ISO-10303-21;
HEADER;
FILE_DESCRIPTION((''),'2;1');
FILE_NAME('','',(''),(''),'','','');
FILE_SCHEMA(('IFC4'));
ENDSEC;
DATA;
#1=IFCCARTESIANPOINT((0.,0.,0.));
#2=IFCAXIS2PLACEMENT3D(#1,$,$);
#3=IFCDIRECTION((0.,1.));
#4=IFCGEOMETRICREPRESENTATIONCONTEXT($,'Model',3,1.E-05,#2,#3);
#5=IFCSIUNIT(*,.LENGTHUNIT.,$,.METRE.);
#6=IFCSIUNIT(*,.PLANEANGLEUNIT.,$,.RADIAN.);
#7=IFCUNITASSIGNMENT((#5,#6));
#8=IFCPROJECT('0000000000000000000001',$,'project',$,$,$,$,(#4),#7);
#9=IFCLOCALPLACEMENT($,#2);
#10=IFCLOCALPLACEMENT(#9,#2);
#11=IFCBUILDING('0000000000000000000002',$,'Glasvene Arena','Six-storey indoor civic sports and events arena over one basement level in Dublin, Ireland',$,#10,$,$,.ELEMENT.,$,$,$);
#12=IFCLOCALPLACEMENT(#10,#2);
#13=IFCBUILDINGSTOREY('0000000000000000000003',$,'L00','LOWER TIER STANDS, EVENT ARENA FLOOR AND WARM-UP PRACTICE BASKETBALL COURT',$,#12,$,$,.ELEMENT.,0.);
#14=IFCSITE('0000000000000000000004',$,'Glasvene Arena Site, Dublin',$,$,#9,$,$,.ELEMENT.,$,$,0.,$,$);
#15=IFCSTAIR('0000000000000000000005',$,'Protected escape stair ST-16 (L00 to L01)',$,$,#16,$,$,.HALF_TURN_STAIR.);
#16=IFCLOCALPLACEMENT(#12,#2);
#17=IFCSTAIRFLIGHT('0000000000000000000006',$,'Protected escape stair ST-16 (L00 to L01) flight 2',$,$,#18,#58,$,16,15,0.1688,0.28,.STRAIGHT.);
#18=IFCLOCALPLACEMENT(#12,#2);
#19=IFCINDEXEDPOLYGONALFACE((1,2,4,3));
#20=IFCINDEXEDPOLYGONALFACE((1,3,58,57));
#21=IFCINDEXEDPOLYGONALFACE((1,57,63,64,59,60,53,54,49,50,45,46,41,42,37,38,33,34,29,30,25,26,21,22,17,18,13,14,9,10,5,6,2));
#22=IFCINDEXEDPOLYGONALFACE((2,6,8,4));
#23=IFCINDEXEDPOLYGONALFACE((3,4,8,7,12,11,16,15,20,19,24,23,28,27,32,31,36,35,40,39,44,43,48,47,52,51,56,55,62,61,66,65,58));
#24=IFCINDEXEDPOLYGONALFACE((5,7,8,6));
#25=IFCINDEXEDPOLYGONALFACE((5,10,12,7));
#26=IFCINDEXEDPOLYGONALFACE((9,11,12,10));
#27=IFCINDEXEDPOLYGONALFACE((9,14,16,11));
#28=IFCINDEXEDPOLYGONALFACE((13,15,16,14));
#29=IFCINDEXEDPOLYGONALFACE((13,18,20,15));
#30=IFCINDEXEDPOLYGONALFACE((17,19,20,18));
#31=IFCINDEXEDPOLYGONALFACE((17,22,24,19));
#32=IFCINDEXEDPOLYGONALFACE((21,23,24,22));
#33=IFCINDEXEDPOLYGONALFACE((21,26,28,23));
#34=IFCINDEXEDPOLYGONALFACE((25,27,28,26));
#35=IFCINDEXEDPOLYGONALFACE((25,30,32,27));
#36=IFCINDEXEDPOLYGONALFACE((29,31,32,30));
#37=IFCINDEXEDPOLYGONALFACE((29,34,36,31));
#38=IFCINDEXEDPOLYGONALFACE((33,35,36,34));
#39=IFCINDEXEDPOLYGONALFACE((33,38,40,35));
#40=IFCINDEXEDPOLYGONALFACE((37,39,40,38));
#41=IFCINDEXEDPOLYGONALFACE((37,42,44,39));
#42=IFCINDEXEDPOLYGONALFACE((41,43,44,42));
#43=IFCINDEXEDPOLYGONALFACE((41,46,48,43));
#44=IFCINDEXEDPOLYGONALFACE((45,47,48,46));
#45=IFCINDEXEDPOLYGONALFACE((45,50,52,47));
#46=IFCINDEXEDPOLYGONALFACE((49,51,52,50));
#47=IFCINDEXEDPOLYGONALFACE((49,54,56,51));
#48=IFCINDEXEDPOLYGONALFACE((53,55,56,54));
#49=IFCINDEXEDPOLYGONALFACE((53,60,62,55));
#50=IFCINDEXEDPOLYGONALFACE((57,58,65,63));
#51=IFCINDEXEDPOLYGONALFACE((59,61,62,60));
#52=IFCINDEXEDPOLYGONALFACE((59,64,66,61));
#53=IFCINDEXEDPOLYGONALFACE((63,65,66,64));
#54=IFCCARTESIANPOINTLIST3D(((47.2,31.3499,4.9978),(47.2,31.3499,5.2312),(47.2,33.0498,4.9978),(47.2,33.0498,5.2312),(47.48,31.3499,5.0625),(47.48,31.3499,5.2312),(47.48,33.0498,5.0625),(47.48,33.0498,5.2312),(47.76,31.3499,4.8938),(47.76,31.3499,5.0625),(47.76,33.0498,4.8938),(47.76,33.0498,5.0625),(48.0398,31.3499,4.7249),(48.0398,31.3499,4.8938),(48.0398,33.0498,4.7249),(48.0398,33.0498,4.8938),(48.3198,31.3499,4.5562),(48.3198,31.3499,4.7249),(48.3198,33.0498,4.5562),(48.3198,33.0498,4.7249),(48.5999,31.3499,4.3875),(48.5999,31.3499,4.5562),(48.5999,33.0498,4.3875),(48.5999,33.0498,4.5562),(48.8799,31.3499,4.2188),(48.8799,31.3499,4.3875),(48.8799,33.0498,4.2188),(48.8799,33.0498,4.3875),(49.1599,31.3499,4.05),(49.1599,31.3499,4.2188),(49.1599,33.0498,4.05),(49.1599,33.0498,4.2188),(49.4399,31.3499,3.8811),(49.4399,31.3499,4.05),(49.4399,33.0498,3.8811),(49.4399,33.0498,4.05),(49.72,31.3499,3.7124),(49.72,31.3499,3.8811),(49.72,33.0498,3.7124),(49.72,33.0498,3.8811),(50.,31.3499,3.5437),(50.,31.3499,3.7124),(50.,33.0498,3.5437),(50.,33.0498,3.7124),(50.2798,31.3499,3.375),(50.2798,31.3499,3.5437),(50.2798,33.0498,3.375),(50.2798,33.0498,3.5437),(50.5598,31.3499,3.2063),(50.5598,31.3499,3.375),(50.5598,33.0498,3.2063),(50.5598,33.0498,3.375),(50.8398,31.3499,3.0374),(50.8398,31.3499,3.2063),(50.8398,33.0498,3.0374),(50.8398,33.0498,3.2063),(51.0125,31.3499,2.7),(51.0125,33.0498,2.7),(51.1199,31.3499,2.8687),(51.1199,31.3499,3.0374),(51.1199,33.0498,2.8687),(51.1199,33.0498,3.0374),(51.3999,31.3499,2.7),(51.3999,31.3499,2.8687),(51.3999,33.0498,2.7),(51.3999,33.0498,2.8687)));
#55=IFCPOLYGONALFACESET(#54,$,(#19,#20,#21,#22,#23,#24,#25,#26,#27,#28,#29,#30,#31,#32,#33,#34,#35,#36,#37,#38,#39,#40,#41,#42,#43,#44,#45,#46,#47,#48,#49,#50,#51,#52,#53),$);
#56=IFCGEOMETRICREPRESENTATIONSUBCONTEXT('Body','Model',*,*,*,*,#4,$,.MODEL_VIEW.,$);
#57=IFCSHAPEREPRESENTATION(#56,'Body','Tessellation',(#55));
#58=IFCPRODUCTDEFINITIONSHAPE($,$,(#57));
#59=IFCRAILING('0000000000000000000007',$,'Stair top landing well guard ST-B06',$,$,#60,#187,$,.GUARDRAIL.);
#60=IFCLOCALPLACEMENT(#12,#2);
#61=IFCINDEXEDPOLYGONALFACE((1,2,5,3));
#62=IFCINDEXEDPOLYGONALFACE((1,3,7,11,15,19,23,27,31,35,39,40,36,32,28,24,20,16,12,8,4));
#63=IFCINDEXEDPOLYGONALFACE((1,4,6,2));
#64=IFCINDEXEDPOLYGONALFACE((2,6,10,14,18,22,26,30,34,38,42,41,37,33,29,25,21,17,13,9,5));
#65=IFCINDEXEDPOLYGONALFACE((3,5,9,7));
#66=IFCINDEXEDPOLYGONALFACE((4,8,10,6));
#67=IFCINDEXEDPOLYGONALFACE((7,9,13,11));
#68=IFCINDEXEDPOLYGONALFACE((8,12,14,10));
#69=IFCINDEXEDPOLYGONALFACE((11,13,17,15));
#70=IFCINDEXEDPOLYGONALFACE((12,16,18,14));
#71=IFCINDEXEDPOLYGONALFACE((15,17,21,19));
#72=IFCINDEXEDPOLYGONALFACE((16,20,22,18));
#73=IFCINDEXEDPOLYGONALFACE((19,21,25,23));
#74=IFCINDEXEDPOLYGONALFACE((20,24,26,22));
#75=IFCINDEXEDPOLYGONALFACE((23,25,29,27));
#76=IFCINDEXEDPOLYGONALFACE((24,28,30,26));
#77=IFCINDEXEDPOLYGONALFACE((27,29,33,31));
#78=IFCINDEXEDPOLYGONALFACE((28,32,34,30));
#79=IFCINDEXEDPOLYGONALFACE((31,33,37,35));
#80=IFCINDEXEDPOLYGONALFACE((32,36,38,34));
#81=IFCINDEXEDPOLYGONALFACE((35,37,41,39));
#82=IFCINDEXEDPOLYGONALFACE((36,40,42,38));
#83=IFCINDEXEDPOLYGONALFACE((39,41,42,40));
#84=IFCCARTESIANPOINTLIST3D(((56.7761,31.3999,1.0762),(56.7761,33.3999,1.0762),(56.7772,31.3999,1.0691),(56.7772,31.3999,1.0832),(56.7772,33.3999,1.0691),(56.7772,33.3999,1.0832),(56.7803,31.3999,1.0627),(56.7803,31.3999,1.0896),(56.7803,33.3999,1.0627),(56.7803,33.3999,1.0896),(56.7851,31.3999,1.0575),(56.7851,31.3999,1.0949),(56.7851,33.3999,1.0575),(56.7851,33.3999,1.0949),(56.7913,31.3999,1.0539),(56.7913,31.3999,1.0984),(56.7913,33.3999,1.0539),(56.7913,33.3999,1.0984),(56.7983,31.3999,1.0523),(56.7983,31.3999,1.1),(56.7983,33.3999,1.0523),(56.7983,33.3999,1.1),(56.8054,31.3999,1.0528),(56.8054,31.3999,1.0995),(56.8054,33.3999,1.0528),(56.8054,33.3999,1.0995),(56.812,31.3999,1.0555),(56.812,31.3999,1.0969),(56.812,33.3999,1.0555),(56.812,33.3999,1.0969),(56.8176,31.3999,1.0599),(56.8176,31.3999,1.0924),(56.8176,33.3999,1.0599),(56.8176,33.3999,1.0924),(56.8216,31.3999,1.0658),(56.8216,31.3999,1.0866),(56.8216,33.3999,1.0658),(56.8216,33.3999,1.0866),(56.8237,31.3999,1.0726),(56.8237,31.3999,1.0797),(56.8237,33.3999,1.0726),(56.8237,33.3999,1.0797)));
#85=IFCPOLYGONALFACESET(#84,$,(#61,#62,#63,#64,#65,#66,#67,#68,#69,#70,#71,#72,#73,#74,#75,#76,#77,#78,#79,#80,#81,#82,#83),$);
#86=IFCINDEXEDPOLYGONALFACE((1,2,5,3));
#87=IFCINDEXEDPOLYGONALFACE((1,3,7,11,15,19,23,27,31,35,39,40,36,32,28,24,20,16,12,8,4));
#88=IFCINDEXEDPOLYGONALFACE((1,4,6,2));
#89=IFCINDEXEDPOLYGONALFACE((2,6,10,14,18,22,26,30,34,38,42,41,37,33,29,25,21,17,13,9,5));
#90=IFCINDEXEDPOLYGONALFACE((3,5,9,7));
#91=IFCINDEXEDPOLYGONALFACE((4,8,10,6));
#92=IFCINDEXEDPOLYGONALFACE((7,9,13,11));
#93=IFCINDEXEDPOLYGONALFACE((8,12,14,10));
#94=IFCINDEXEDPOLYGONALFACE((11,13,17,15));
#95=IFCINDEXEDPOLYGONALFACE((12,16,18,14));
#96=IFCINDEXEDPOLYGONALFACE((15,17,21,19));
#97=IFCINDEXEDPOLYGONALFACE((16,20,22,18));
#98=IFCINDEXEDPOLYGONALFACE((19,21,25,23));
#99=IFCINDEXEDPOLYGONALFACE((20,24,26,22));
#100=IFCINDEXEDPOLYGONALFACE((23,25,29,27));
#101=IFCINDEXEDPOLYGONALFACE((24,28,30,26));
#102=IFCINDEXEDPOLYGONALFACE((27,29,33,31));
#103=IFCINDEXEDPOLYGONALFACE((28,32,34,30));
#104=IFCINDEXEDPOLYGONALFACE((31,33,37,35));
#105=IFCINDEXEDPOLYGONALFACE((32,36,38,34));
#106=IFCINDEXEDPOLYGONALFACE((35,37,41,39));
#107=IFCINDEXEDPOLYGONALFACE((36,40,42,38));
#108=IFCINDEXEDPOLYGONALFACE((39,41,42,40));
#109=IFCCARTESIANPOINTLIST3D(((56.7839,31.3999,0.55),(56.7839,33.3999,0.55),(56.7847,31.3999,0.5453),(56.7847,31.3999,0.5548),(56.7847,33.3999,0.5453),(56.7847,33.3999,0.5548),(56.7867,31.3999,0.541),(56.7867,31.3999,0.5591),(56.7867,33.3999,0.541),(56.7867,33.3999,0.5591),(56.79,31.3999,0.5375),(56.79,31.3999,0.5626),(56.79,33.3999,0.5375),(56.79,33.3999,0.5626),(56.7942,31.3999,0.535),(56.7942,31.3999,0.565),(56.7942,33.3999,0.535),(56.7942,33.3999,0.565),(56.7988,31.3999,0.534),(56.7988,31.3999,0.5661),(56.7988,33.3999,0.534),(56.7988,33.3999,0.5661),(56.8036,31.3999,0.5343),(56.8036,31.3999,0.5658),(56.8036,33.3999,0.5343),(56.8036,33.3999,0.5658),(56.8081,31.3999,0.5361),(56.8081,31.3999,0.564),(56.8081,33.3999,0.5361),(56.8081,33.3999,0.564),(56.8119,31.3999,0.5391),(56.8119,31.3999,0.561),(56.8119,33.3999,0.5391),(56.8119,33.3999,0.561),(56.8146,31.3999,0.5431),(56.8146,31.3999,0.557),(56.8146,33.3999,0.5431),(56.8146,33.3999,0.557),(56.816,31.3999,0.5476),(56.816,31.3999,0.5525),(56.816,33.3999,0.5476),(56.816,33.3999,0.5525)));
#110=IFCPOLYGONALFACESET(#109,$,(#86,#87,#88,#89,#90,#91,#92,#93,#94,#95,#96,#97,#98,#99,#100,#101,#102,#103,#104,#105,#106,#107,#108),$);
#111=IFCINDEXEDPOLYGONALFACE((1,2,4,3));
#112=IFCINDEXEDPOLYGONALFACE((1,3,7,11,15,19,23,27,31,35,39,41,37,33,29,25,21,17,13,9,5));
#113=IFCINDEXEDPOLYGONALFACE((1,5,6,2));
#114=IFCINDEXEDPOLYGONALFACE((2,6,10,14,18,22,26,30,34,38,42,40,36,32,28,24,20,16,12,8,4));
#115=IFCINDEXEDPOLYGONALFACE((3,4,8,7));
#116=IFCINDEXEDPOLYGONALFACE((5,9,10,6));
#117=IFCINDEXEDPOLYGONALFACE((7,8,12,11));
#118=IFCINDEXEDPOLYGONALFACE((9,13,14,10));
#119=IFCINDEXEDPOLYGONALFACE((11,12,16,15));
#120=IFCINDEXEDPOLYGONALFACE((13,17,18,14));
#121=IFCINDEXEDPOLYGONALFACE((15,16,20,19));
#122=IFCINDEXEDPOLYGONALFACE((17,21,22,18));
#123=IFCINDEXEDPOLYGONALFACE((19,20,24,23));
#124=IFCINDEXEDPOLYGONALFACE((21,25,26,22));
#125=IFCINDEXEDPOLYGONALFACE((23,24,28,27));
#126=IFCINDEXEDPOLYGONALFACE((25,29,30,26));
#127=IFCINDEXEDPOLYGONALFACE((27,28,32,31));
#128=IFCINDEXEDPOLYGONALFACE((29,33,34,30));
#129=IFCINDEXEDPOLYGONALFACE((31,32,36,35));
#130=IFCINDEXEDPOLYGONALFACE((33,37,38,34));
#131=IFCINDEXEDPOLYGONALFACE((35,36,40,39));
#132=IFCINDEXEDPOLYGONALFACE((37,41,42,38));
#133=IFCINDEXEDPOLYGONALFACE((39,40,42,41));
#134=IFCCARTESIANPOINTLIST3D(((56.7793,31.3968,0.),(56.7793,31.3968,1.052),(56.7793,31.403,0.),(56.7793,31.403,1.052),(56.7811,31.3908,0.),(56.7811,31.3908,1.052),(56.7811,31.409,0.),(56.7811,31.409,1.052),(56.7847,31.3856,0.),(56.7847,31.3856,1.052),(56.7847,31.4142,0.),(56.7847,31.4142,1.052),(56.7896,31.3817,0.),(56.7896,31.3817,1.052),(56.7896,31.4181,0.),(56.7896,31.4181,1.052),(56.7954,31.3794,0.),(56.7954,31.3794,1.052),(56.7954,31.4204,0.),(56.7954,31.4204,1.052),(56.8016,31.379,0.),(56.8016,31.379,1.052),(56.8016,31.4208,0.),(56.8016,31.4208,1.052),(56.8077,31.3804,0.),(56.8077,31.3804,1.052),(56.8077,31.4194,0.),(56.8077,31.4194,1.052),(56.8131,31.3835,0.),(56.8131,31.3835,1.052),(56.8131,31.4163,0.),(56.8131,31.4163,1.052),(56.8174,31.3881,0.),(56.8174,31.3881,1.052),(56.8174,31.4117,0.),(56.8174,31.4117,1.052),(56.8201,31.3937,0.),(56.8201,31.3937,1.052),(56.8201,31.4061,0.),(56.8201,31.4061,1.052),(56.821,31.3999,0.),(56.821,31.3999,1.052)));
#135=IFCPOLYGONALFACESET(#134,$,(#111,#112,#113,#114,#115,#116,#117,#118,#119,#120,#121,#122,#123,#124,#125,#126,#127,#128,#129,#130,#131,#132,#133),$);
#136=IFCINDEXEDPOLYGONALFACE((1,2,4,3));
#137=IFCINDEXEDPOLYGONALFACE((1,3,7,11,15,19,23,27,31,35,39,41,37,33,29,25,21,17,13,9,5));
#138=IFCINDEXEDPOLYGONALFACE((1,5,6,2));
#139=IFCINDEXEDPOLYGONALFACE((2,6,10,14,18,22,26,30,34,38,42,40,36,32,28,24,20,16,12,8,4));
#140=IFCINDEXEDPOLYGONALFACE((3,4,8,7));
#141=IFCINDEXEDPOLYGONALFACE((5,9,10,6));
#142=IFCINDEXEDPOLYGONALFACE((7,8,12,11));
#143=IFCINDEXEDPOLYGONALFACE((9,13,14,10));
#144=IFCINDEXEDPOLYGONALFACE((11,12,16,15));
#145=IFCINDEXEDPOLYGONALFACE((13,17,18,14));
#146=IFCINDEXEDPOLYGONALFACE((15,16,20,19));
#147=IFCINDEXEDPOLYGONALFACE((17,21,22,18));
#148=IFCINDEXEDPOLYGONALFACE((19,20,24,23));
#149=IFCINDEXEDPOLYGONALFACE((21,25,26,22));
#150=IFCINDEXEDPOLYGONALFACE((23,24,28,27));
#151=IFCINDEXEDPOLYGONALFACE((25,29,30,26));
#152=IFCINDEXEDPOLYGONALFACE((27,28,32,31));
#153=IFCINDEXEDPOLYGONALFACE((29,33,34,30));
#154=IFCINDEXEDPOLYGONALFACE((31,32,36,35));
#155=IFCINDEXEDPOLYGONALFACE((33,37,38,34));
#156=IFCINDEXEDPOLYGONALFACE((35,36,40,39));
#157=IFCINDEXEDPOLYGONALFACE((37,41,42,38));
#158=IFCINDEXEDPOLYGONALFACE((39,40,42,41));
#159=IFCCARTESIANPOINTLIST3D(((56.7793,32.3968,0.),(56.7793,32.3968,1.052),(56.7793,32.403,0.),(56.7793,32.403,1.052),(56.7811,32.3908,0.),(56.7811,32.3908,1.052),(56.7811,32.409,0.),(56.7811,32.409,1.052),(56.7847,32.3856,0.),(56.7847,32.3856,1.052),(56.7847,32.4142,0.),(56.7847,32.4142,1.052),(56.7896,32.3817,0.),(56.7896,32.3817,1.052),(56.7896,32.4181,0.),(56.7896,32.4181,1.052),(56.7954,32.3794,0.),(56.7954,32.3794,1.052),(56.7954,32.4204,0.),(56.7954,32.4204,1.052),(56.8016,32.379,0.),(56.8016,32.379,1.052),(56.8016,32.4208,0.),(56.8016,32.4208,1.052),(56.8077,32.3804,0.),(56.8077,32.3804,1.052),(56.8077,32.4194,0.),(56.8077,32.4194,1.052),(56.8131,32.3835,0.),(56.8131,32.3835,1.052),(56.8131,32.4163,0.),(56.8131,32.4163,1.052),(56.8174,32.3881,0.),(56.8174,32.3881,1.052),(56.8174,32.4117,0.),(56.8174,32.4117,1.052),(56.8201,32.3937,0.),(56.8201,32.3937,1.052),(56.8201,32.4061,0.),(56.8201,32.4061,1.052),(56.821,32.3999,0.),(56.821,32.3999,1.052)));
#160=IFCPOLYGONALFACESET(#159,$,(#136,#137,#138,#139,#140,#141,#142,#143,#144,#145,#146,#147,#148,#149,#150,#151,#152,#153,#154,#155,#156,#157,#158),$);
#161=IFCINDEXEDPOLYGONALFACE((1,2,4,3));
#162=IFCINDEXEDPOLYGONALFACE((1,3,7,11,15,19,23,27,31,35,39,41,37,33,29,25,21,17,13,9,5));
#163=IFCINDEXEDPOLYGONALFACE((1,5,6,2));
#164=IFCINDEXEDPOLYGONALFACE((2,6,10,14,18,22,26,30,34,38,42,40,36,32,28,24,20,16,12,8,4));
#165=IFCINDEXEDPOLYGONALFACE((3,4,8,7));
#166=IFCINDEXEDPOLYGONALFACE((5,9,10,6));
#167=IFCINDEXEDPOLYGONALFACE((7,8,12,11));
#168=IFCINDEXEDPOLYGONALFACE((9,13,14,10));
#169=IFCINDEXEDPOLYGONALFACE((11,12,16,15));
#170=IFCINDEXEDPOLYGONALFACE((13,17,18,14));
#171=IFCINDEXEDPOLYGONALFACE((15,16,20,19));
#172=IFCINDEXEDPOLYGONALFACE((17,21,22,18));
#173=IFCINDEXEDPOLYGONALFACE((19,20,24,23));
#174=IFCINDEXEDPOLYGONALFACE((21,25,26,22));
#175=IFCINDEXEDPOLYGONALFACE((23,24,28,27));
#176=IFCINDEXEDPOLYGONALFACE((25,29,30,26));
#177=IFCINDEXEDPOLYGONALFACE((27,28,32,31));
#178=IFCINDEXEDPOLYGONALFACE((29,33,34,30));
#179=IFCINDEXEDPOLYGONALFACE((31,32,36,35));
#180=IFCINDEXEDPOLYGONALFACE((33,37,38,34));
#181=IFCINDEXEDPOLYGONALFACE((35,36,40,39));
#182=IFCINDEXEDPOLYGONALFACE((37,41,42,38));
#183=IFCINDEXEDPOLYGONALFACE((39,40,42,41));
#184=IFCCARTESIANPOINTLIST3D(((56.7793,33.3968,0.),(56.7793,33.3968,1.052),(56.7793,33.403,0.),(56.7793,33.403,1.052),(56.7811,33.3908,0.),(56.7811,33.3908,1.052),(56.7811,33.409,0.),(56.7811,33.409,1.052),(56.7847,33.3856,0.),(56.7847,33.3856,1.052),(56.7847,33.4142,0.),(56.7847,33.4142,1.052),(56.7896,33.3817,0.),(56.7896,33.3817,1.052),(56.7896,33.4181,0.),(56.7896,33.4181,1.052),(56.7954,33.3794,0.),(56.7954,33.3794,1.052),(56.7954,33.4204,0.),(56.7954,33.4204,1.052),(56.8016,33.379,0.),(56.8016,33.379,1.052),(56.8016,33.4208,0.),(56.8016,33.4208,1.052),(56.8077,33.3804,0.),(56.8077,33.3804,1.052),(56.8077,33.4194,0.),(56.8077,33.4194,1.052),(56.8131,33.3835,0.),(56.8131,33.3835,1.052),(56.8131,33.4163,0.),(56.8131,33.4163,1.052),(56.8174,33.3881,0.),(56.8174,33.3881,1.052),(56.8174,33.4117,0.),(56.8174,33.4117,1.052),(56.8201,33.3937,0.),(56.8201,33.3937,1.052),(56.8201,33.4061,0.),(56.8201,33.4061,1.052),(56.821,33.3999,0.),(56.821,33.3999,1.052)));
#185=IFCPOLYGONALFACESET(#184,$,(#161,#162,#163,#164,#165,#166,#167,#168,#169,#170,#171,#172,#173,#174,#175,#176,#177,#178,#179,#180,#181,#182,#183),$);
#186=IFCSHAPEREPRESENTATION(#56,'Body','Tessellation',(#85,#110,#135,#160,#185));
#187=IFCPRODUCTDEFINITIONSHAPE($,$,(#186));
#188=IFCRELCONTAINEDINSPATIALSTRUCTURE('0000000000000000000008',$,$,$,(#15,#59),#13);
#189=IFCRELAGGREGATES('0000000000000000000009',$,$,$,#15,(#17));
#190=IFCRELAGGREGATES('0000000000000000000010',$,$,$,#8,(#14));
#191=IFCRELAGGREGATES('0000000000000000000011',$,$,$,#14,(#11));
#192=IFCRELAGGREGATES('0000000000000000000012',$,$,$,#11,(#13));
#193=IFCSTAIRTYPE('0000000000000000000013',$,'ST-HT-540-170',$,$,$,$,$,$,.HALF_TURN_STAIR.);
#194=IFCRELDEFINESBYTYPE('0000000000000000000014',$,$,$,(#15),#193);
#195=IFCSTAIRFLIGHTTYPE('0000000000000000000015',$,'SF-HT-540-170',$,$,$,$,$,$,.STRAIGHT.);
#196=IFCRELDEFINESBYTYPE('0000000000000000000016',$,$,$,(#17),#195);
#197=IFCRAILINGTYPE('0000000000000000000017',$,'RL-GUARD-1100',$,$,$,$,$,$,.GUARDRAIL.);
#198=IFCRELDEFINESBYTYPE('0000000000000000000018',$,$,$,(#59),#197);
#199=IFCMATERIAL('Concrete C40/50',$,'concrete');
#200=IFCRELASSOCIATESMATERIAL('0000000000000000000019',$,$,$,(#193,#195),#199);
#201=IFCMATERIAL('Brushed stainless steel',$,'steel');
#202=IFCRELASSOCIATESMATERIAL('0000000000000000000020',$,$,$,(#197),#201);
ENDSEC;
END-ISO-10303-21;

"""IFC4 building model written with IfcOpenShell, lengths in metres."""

from ifc_helpers import new_model, si_unit, direction, frame, origin, origin_2d, place, context, subcontext, project, spatial, polyline, circle, outline, extrude, material, type_object, element, aggregate, save


model = new_model("IFC4")

# Units and contexts
model_context = context("Model", 3, precision=1e-05, world=origin(), true_north=direction((0.0, 1.0)))
body_context = subcontext(model_context, "Body", "Model", "MODEL_VIEW")
ifc_project = project(units=[si_unit("LENGTHUNIT", "METRE"), si_unit("PLANEANGLEUNIT", "RADIAN")], contexts=[model_context])

# Site, building, storey
site_placement = place(None, origin())
site = spatial("IfcSite", under=ifc_project, at=site_placement, Name="Glasvene Arena Site, Dublin", CompositionType="ELEMENT", RefElevation=0.0)
building_placement = place(site_placement, origin())
building = spatial("IfcBuilding", under=site, at=building_placement, Name="Glasvene Arena", Description="Six-storey indoor civic sports and events arena over one basement level in Dublin, Ireland", CompositionType="ELEMENT")
storey_placement = place(building_placement, origin())
storey = spatial("IfcBuildingStorey", under=building, at=storey_placement, Name="L00", Description="LOWER TIER STANDS, EVENT ARENA FLOOR AND WARM-UP PRACTICE BASKETBALL COURT", CompositionType="ELEMENT", Elevation=0.0)

# Stair
ifc_material_1 = material(Name="Concrete C40/50", Category="concrete")
stair_type = type_object("IfcStairType", Name="ST-HT-540-170", PredefinedType="HALF_TURN_STAIR", material=ifc_material_1)
stair_placement = place(storey_placement, origin())
stair = element("IfcStair", 1, at=stair_placement, inside=storey, type_object=stair_type, Name="Protected escape stair ST-16 (L00 to L01)", PredefinedType="HALF_TURN_STAIR")

# Stair flight
stair_flight_type = type_object("IfcStairFlightType", Name="SF-HT-540-170", PredefinedType="STRAIGHT", material=ifc_material_1)
stair_flight_1_placement = place(storey_placement, frame((51.3999, 32.2, 2.7), z_axis=(0.0, 0.0, 1.0), x_axis=(-1.0, 0.0, 0.0)))
stair_flight_1 = element("IfcStairFlight", 2, at=stair_flight_1_placement, type_object=stair_flight_type, Name="Protected escape stair ST-16 (L00 to L01) flight 2", NumberOfRisers=16, NumberOfTreads=15, PredefinedType="STRAIGHT", RiserHeight=0.1688, TreadLength=0.28, context=body_context, shape_type="SweptSolid", body=[
    extrude(outline(polyline([(0.0, 0.0), (0.0, 0.1687), (0.28, 0.1687), (0.28, 0.3374), (0.5601, 0.3374), (0.5601, 0.5063), (0.8401, 0.5063), (0.8401, 0.675), (1.1201, 0.675), (1.1201, 0.8438), (1.3999, 0.8438), (1.3999, 1.0125), (1.6799, 1.0125), (1.6799, 1.1812), (1.96, 1.1812), (1.96, 1.3501), (2.24, 1.3501), (2.24, 1.5188), (2.52, 1.5188), (2.52, 1.6875), (2.8, 1.6875), (2.8, 1.8562), (3.0801, 1.8562), (3.0801, 2.0249), (3.3601, 2.0249), (3.3601, 2.1938), (3.6399, 2.1938), (3.6399, 2.3625), (3.9199, 2.3625), (3.9199, 2.5312), (4.2, 2.5312), (4.2, 2.7), (4.2, 2.2979), (0.3875, 0.0), (0.0, 0.0)])), frame((0.0, 0.8501, 0.0), z_axis=(0.0, -1.0, 0.0), x_axis=(1.0, 0.0, 0.0)), (0.0, 0.0, 1.0), 1.7),
])
aggregate(stair, [stair_flight_1])

# Railing
ifc_material_2 = material(Name="Brushed stainless steel", Category="steel")
railing_type_1 = type_object("IfcRailingType", Name="RL-GUARD-1100", PredefinedType="GUARDRAIL", material=ifc_material_2)
railing_1_placement = place(storey_placement, frame((56.8, 31.3999, 0.0)))
element("IfcRailing", 3, at=railing_1_placement, inside=storey, type_object=railing_type_1, Name="Stair top landing well guard ST-B06", PredefinedType="GUARDRAIL", context=body_context, shape_type="SweptSolid", body=[
    extrude(circle(Radius=0.0239, at=origin_2d()), frame((0.0, 0.0, 1.0762), z_axis=(0.0, 1.0, 0.0), x_axis=(-1.0, 0.0, 0.0)), (0.0, 0.0, 1.0), 2.0),
    extrude(circle(Radius=0.0161, at=origin_2d()), frame((0.0, 0.0, 0.55), z_axis=(0.0, 1.0, 0.0), x_axis=(-1.0, 0.0, 0.0)), (0.0, 0.0, 1.0), 2.0),
    extrude(circle(Radius=0.021, at=origin_2d()), origin(), (0.0, 0.0, 1.0), 1.052),
    extrude(circle(Radius=0.021, at=origin_2d()), frame((0.0, 1.0, 0.0)), (0.0, 0.0, 1.0), 1.052),
    extrude(circle(Radius=0.021, at=origin_2d()), frame((0.0, 2.0, 0.0)), (0.0, 0.0, 1.0), 1.052),
])

save(model, "model.ifc")
